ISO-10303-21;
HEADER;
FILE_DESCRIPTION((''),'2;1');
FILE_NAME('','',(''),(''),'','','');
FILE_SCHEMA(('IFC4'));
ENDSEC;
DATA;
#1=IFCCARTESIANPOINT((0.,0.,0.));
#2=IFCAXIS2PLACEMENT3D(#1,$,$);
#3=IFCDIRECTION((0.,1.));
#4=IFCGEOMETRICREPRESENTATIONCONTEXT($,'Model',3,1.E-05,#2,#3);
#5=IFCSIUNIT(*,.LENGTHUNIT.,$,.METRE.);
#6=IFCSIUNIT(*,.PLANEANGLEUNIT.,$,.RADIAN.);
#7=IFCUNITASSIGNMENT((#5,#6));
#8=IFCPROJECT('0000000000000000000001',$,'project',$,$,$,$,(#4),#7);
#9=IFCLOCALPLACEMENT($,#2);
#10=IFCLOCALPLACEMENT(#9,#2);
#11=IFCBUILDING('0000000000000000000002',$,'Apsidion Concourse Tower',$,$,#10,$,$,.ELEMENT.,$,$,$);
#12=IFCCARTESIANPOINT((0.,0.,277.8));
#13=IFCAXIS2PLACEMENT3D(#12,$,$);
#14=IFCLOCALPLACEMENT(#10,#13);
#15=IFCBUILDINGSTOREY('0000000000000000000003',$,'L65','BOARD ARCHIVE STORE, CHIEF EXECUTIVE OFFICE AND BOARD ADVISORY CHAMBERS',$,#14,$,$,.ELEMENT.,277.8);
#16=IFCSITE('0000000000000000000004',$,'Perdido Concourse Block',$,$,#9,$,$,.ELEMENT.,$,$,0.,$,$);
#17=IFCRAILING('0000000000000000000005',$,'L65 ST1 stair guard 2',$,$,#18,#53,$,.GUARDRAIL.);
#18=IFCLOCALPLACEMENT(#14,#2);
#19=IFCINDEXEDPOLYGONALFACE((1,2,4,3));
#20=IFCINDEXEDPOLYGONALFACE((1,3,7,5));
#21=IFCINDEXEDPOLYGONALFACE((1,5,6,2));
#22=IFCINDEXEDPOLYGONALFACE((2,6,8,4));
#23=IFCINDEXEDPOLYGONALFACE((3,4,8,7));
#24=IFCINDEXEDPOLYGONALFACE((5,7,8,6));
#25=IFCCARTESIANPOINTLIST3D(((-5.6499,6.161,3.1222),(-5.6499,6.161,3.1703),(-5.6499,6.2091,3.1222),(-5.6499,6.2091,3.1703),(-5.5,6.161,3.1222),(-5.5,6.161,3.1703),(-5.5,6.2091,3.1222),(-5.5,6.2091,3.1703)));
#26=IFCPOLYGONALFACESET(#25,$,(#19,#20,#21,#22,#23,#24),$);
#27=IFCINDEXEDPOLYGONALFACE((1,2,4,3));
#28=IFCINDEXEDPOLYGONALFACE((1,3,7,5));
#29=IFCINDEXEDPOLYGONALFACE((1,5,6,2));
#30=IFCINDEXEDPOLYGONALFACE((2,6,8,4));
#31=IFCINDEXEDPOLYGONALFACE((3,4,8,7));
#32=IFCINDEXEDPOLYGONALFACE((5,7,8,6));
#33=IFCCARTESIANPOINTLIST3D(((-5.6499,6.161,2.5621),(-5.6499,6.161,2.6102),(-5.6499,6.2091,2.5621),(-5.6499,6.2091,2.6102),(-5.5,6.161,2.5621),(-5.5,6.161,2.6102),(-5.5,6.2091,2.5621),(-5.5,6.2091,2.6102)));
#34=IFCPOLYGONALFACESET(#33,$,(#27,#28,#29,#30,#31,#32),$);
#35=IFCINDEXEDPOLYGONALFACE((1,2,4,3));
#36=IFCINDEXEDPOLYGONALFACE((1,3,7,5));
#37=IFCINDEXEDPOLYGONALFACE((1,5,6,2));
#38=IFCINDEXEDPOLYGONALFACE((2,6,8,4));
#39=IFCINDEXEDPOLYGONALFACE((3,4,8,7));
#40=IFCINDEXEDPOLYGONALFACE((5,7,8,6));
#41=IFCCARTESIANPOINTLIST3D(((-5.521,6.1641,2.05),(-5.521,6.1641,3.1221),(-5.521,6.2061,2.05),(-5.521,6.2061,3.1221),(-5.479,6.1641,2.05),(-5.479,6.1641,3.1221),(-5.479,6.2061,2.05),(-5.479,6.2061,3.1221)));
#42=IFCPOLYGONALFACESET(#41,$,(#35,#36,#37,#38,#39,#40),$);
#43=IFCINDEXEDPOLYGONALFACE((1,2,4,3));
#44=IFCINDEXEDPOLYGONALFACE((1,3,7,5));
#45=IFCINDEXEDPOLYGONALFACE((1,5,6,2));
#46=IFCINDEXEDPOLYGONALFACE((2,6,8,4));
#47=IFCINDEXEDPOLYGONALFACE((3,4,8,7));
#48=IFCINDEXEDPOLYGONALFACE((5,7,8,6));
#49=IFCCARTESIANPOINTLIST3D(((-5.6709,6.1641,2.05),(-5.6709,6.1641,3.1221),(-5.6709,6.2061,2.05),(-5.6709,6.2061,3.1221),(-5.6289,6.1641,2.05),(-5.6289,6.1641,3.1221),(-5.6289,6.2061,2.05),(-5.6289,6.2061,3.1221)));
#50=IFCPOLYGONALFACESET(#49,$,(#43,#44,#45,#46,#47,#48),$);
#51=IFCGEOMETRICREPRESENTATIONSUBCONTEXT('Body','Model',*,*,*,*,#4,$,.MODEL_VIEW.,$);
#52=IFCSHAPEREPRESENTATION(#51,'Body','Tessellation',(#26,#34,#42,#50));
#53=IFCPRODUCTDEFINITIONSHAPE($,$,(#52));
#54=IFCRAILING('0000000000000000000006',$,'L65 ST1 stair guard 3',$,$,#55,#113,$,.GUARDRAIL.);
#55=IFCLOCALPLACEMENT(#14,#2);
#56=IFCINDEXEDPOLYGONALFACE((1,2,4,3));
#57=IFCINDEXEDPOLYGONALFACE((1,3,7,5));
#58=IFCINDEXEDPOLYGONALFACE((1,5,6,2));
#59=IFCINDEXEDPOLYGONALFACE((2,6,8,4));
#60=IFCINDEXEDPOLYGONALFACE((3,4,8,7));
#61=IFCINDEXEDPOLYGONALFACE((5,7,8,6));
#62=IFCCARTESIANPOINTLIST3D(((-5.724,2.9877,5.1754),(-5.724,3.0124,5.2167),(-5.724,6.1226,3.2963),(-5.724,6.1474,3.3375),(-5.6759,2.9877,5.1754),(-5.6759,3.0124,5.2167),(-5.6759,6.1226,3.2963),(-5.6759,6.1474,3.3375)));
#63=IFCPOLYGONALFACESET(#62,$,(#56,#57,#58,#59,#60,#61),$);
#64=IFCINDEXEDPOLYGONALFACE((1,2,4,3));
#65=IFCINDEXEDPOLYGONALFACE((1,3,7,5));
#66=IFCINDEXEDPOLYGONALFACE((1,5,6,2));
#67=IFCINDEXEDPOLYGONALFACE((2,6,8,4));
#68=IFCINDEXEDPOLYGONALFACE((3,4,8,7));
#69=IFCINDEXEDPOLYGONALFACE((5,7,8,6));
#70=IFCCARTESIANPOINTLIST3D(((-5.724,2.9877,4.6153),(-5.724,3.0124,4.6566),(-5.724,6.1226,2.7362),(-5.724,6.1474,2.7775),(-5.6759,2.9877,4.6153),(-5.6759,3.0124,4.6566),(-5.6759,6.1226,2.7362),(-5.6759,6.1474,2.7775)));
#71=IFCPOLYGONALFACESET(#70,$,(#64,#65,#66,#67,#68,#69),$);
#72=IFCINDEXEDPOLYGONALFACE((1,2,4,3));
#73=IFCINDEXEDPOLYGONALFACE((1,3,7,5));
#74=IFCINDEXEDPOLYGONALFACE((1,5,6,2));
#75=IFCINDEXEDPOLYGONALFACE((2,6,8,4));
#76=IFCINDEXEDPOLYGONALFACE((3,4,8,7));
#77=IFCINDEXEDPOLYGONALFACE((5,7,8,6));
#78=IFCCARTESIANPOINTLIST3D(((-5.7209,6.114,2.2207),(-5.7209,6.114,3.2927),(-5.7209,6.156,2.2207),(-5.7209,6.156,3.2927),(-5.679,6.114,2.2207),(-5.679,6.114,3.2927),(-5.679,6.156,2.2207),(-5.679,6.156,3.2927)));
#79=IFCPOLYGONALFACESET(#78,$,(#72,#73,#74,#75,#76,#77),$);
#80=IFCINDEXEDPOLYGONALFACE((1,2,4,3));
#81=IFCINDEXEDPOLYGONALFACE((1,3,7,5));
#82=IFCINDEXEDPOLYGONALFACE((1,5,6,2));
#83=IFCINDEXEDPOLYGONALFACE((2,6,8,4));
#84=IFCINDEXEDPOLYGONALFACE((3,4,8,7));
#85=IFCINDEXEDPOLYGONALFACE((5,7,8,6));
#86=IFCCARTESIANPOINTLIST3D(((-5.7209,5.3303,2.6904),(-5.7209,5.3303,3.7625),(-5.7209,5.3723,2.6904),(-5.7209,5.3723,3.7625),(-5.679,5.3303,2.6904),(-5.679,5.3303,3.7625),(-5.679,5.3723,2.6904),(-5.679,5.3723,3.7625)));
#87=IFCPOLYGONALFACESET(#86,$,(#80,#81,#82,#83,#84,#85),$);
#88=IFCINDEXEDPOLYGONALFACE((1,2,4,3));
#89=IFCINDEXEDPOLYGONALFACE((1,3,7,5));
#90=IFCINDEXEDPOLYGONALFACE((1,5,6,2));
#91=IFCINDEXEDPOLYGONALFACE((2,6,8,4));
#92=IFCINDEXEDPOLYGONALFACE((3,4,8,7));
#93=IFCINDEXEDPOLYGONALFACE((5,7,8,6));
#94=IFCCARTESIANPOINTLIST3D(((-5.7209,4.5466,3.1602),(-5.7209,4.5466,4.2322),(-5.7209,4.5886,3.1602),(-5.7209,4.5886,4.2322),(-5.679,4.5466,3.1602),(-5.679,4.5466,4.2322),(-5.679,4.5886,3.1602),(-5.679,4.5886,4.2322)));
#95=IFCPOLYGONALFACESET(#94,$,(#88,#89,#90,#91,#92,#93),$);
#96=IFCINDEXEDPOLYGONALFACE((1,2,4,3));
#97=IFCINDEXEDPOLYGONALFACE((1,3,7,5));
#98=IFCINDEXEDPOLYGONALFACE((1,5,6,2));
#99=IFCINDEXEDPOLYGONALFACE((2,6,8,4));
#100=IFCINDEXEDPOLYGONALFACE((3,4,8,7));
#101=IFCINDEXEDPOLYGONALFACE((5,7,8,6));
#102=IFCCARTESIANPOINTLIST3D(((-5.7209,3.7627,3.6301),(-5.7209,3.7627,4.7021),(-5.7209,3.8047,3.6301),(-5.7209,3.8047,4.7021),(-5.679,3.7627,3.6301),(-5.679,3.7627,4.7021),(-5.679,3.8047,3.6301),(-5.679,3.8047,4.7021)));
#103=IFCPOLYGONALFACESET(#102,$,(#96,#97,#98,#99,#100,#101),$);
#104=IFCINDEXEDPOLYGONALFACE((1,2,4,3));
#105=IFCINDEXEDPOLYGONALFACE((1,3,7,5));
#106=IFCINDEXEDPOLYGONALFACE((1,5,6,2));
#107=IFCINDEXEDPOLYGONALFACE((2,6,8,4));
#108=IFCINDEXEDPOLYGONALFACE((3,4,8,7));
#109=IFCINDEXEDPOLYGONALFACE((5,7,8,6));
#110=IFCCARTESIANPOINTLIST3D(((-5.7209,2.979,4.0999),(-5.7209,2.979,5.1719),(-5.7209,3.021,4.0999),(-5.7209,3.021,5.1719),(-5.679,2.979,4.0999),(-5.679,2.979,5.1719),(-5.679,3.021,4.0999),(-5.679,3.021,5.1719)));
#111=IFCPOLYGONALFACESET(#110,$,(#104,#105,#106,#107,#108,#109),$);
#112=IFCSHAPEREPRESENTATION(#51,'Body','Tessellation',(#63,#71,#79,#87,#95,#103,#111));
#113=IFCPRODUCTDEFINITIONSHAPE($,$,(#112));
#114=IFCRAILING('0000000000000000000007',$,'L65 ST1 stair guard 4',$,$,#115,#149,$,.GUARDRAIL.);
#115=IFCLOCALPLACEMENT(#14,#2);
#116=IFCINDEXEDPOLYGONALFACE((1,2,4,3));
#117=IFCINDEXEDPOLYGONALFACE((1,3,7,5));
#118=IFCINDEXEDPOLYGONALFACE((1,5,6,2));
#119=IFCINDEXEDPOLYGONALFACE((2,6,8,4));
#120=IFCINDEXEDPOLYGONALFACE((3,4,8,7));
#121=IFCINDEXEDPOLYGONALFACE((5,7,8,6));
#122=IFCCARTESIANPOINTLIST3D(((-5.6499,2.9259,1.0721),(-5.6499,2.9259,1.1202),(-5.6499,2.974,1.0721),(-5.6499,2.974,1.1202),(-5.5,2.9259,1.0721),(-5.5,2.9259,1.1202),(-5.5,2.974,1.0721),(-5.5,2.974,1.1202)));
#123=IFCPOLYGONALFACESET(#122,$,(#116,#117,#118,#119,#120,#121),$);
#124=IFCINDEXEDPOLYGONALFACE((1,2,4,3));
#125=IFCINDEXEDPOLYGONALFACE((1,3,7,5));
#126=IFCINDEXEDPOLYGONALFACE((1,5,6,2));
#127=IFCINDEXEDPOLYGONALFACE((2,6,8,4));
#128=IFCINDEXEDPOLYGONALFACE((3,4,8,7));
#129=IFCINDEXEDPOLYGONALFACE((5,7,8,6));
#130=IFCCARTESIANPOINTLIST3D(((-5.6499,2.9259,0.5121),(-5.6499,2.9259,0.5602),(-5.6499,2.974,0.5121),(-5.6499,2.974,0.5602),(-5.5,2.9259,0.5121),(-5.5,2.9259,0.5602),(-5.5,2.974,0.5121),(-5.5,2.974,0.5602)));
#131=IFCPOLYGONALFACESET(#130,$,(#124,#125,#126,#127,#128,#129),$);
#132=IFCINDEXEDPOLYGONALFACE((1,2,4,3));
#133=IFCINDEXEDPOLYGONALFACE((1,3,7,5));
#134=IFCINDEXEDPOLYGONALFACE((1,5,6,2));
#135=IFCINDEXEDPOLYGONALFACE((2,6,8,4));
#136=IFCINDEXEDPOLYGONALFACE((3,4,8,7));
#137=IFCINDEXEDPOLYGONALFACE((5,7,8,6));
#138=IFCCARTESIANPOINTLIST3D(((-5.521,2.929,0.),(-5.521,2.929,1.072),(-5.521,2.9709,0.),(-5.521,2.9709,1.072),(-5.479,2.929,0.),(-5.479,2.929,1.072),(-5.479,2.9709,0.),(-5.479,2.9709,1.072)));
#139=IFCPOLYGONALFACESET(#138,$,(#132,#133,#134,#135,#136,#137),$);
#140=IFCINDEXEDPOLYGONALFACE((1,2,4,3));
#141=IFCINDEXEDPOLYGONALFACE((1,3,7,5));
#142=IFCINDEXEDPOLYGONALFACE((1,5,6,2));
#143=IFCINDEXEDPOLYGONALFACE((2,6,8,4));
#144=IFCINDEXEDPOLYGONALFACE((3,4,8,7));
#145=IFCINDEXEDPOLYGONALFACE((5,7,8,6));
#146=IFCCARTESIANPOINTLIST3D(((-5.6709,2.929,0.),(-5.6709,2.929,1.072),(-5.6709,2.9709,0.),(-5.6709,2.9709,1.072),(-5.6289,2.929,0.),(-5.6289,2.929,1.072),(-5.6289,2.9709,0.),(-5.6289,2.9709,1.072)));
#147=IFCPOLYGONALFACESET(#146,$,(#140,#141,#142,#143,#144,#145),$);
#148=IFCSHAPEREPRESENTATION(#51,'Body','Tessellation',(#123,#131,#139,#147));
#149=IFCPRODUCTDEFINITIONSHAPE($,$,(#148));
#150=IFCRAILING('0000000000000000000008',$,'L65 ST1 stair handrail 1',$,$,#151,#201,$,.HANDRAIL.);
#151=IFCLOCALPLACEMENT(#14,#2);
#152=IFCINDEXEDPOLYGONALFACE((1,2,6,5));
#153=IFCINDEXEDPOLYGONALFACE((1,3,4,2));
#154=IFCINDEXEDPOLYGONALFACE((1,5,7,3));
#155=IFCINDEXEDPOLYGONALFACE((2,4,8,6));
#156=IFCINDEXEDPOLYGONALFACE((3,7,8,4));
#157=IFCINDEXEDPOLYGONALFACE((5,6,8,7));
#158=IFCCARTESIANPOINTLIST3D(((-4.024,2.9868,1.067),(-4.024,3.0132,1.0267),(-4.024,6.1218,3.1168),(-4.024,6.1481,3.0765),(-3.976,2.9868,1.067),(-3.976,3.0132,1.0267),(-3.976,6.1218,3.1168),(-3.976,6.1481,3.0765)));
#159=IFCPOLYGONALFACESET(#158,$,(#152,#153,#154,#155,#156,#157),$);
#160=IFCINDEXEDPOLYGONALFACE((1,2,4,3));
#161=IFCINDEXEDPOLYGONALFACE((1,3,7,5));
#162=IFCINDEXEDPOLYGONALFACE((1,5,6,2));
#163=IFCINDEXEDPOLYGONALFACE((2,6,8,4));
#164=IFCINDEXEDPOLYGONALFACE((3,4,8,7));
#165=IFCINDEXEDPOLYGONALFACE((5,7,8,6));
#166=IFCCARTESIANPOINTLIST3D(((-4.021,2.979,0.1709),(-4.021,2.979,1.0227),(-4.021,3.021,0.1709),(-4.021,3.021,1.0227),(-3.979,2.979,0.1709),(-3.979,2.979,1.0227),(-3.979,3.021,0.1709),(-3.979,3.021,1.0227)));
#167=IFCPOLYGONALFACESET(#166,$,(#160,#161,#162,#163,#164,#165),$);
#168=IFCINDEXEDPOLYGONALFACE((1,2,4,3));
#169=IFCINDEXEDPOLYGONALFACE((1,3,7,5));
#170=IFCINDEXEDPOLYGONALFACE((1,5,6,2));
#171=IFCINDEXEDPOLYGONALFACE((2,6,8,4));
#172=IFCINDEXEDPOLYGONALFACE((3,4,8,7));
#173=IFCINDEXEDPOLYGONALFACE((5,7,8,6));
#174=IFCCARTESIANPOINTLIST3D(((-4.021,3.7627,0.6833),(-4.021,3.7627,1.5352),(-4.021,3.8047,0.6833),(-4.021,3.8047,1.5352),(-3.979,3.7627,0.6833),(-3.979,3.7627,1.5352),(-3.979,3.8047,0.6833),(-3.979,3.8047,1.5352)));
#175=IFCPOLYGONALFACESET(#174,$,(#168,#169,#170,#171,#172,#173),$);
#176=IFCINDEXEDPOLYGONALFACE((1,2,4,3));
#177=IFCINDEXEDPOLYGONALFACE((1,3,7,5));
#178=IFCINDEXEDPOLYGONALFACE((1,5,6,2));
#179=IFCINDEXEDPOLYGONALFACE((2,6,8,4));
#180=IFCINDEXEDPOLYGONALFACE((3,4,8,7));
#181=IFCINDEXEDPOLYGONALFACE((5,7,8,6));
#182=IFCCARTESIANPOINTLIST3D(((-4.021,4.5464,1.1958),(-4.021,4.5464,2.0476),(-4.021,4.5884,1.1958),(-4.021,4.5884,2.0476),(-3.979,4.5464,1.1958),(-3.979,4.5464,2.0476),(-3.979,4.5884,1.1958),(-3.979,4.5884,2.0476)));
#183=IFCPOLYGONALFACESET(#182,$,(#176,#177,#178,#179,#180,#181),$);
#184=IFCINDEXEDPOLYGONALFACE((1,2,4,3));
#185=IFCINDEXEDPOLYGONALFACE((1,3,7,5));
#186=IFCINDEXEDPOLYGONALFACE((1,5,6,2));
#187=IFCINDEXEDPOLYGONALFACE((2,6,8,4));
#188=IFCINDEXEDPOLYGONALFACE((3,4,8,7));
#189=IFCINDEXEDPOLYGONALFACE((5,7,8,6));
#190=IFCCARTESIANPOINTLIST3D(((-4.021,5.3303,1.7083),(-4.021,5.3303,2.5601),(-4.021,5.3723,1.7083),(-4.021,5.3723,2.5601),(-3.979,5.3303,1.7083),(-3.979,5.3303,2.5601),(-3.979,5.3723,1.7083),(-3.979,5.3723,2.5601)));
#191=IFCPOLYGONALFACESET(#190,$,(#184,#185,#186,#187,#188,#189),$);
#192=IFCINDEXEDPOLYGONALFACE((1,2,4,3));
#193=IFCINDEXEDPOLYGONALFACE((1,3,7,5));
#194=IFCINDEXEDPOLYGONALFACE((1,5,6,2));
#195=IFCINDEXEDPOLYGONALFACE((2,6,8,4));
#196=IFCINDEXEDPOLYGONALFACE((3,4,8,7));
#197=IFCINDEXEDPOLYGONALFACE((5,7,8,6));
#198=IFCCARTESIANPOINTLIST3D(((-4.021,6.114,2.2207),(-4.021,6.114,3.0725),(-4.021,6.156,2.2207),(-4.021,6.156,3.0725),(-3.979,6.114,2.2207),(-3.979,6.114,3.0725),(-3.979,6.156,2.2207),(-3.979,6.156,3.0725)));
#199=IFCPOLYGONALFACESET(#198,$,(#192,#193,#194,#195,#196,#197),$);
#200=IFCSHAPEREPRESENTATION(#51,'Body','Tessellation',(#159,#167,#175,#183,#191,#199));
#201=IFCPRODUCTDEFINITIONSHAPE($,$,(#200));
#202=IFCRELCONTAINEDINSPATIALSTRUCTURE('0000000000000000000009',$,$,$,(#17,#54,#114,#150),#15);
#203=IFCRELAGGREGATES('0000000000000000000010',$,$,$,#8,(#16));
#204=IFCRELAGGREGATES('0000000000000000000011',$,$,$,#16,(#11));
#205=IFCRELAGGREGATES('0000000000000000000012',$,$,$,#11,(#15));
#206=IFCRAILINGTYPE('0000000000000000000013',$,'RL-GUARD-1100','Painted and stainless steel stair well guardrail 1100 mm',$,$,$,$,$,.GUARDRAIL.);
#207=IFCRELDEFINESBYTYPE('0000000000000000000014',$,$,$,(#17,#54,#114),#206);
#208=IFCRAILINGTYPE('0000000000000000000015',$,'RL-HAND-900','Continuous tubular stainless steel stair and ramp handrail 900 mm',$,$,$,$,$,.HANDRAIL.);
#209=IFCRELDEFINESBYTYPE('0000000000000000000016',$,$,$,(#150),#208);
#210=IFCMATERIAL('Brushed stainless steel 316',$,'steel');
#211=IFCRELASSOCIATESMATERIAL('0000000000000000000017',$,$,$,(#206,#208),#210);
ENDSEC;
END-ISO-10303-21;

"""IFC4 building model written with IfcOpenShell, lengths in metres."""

from ifc_helpers import new_model, si_unit, direction, frame, origin, origin_2d, place, context, subcontext, project, spatial, rectangle, extrude, material, type_object, element, save


model = new_model("IFC4")

# Units and contexts
model_context = context("Model", 3, precision=1e-05, world=origin(), true_north=direction((0.0, 1.0)))
body_context = subcontext(model_context, "Body", "Model", "MODEL_VIEW")
ifc_project = project(units=[si_unit("LENGTHUNIT", "METRE"), si_unit("PLANEANGLEUNIT", "RADIAN")], contexts=[model_context])

# Site, building, storey
site_placement = place(None, origin())
site = spatial("IfcSite", under=ifc_project, at=site_placement, Name="Perdido Concourse Block", CompositionType="ELEMENT", RefElevation=0.0)
building_placement = place(site_placement, origin())
building = spatial("IfcBuilding", under=site, at=building_placement, Name="Apsidion Concourse Tower", CompositionType="ELEMENT")
storey_placement = place(building_placement, frame((0.0, 0.0, 277.8)))
storey = spatial("IfcBuildingStorey", under=building, at=storey_placement, Name="L65", Description="BOARD ARCHIVE STORE, CHIEF EXECUTIVE OFFICE AND BOARD ADVISORY CHAMBERS", CompositionType="ELEMENT", Elevation=277.8)

# Shared definitions
ifc_material_1 = material(Name="Brushed stainless steel 316", Category="steel")

# Railings
railing_type_1 = type_object("IfcRailingType", Name="RL-GUARD-1100", Description="Painted and stainless steel stair well guardrail 1100 mm", PredefinedType="GUARDRAIL", material=ifc_material_1)
railing_1_placement = place(storey_placement, frame((-5.5, 6.1851, 2.05)))
element("IfcRailing", 1, at=railing_1_placement, inside=storey, type_object=railing_type_1, Name="L65 ST1 stair guard 2", PredefinedType="GUARDRAIL", context=body_context, shape_type="SweptSolid", body=[
    extrude(rectangle(XDim=0.0481, YDim=0.0481, at=origin_2d()), frame((0.0, 0.0, 1.0962), z_axis=(-1.0, 0.0, 0.0), x_axis=(0.0, -1.0, 0.0)), (0.0, 0.0, 1.0), 0.1499),
    extrude(rectangle(XDim=0.0481, YDim=0.0481, at=origin_2d()), frame((0.0, 0.0, 0.5361), z_axis=(-1.0, 0.0, 0.0), x_axis=(0.0, -1.0, 0.0)), (0.0, 0.0, 1.0), 0.1499),
    extrude(rectangle(XDim=0.042, YDim=0.042, at=origin_2d()), origin(), (0.0, 0.0, 1.0), 1.072),
    extrude(rectangle(XDim=0.042, YDim=0.042, at=origin_2d()), frame((-0.1499, 0.0, 0.0)), (0.0, 0.0, 1.0), 1.072),
])
railing_2_placement = place(storey_placement, frame((-5.7, 6.135, 2.2207)))
element("IfcRailing", 2, at=railing_2_placement, inside=storey, type_object=railing_type_1, Name="L65 ST1 stair guard 3", PredefinedType="GUARDRAIL", context=body_context, shape_type="SweptSolid", body=[
    extrude(rectangle(XDim=0.0481, YDim=0.0481, at=origin_2d()), frame((0.0, 0.0, 1.0962), z_axis=(0.0, -0.857717, 0.514122), x_axis=(1.0, 0.0, 0.0)), (0.0, 0.0, 1.0), 3.655),
    extrude(rectangle(XDim=0.0481, YDim=0.0481, at=origin_2d()), frame((0.0, 0.0, 0.5361), z_axis=(0.0, -0.857717, 0.514122), x_axis=(1.0, 0.0, 0.0)), (0.0, 0.0, 1.0), 3.655),
    extrude(rectangle(XDim=0.042, YDim=0.042, at=origin_2d()), origin(), (0.0, 0.0, 1.0), 1.072),
    extrude(rectangle(XDim=0.042, YDim=0.042, at=origin_2d()), frame((0.0, -0.7837, 0.4697)), (0.0, 0.0, 1.0), 1.072),
    extrude(rectangle(XDim=0.042, YDim=0.042, at=origin_2d()), frame((0.0, -1.5674, 0.9395)), (0.0, 0.0, 1.0), 1.072),
    extrude(rectangle(XDim=0.042, YDim=0.042, at=origin_2d()), frame((0.0, -2.3513, 1.4094)), (0.0, 0.0, 1.0), 1.072),
    extrude(rectangle(XDim=0.042, YDim=0.042, at=origin_2d()), frame((0.0, -3.135, 1.8792)), (0.0, 0.0, 1.0), 1.072),
])
railing_3_placement = place(storey_placement, frame((-5.5, 2.95, 0.0)))
element("IfcRailing", 3, at=railing_3_placement, inside=storey, type_object=railing_type_1, Name="L65 ST1 stair guard 4", PredefinedType="GUARDRAIL", context=body_context, shape_type="SweptSolid", body=[
    extrude(rectangle(XDim=0.0481, YDim=0.0481, at=origin_2d()), frame((0.0, 0.0, 1.0962), z_axis=(-1.0, 0.0, 0.0), x_axis=(0.0, -1.0, 0.0)), (0.0, 0.0, 1.0), 0.1499),
    extrude(rectangle(XDim=0.0481, YDim=0.0481, at=origin_2d()), frame((0.0, 0.0, 0.5361), z_axis=(-1.0, 0.0, 0.0), x_axis=(0.0, -1.0, 0.0)), (0.0, 0.0, 1.0), 0.1499),
    extrude(rectangle(XDim=0.042, YDim=0.042, at=origin_2d()), origin(), (0.0, 0.0, 1.0), 1.072),
    extrude(rectangle(XDim=0.042, YDim=0.042, at=origin_2d()), frame((-0.1499, 0.0, 0.0)), (0.0, 0.0, 1.0), 1.072),
])
railing_type_2 = type_object("IfcRailingType", Name="RL-HAND-900", Description="Continuous tubular stainless steel stair and ramp handrail 900 mm", PredefinedType="HANDRAIL", material=ifc_material_1)
railing_4_placement = place(storey_placement, frame((-4.0, 3.0, 0.1709)))
element("IfcRailing", 4, at=railing_4_placement, inside=storey, type_object=railing_type_2, Name="L65 ST1 stair handrail 1", PredefinedType="HANDRAIL", context=body_context, shape_type="SweptSolid", body=[
    extrude(rectangle(XDim=0.0481, YDim=0.0481, at=origin_2d()), frame((0.0, 0.0, 0.876), z_axis=(0.0, 0.836971, 0.547248), x_axis=(-1.0, 0.0, 0.0)), (0.0, 0.0, 1.0), 3.7456),
    extrude(rectangle(XDim=0.042, YDim=0.042, at=origin_2d()), origin(), (0.0, 0.0, 1.0), 0.8518),
    extrude(rectangle(XDim=0.042, YDim=0.042, at=origin_2d()), frame((0.0, 0.7837, 0.5125)), (0.0, 0.0, 1.0), 0.8518),
    extrude(rectangle(XDim=0.042, YDim=0.042, at=origin_2d()), frame((0.0, 1.5674, 1.0249)), (0.0, 0.0, 1.0), 0.8518),
    extrude(rectangle(XDim=0.042, YDim=0.042, at=origin_2d()), frame((0.0, 2.3513, 1.5374)), (0.0, 0.0, 1.0), 0.8518),
    extrude(rectangle(XDim=0.042, YDim=0.042, at=origin_2d()), frame((0.0, 3.135, 2.0498)), (0.0, 0.0, 1.0), 0.8518),
])

save(model, "model.ifc")
